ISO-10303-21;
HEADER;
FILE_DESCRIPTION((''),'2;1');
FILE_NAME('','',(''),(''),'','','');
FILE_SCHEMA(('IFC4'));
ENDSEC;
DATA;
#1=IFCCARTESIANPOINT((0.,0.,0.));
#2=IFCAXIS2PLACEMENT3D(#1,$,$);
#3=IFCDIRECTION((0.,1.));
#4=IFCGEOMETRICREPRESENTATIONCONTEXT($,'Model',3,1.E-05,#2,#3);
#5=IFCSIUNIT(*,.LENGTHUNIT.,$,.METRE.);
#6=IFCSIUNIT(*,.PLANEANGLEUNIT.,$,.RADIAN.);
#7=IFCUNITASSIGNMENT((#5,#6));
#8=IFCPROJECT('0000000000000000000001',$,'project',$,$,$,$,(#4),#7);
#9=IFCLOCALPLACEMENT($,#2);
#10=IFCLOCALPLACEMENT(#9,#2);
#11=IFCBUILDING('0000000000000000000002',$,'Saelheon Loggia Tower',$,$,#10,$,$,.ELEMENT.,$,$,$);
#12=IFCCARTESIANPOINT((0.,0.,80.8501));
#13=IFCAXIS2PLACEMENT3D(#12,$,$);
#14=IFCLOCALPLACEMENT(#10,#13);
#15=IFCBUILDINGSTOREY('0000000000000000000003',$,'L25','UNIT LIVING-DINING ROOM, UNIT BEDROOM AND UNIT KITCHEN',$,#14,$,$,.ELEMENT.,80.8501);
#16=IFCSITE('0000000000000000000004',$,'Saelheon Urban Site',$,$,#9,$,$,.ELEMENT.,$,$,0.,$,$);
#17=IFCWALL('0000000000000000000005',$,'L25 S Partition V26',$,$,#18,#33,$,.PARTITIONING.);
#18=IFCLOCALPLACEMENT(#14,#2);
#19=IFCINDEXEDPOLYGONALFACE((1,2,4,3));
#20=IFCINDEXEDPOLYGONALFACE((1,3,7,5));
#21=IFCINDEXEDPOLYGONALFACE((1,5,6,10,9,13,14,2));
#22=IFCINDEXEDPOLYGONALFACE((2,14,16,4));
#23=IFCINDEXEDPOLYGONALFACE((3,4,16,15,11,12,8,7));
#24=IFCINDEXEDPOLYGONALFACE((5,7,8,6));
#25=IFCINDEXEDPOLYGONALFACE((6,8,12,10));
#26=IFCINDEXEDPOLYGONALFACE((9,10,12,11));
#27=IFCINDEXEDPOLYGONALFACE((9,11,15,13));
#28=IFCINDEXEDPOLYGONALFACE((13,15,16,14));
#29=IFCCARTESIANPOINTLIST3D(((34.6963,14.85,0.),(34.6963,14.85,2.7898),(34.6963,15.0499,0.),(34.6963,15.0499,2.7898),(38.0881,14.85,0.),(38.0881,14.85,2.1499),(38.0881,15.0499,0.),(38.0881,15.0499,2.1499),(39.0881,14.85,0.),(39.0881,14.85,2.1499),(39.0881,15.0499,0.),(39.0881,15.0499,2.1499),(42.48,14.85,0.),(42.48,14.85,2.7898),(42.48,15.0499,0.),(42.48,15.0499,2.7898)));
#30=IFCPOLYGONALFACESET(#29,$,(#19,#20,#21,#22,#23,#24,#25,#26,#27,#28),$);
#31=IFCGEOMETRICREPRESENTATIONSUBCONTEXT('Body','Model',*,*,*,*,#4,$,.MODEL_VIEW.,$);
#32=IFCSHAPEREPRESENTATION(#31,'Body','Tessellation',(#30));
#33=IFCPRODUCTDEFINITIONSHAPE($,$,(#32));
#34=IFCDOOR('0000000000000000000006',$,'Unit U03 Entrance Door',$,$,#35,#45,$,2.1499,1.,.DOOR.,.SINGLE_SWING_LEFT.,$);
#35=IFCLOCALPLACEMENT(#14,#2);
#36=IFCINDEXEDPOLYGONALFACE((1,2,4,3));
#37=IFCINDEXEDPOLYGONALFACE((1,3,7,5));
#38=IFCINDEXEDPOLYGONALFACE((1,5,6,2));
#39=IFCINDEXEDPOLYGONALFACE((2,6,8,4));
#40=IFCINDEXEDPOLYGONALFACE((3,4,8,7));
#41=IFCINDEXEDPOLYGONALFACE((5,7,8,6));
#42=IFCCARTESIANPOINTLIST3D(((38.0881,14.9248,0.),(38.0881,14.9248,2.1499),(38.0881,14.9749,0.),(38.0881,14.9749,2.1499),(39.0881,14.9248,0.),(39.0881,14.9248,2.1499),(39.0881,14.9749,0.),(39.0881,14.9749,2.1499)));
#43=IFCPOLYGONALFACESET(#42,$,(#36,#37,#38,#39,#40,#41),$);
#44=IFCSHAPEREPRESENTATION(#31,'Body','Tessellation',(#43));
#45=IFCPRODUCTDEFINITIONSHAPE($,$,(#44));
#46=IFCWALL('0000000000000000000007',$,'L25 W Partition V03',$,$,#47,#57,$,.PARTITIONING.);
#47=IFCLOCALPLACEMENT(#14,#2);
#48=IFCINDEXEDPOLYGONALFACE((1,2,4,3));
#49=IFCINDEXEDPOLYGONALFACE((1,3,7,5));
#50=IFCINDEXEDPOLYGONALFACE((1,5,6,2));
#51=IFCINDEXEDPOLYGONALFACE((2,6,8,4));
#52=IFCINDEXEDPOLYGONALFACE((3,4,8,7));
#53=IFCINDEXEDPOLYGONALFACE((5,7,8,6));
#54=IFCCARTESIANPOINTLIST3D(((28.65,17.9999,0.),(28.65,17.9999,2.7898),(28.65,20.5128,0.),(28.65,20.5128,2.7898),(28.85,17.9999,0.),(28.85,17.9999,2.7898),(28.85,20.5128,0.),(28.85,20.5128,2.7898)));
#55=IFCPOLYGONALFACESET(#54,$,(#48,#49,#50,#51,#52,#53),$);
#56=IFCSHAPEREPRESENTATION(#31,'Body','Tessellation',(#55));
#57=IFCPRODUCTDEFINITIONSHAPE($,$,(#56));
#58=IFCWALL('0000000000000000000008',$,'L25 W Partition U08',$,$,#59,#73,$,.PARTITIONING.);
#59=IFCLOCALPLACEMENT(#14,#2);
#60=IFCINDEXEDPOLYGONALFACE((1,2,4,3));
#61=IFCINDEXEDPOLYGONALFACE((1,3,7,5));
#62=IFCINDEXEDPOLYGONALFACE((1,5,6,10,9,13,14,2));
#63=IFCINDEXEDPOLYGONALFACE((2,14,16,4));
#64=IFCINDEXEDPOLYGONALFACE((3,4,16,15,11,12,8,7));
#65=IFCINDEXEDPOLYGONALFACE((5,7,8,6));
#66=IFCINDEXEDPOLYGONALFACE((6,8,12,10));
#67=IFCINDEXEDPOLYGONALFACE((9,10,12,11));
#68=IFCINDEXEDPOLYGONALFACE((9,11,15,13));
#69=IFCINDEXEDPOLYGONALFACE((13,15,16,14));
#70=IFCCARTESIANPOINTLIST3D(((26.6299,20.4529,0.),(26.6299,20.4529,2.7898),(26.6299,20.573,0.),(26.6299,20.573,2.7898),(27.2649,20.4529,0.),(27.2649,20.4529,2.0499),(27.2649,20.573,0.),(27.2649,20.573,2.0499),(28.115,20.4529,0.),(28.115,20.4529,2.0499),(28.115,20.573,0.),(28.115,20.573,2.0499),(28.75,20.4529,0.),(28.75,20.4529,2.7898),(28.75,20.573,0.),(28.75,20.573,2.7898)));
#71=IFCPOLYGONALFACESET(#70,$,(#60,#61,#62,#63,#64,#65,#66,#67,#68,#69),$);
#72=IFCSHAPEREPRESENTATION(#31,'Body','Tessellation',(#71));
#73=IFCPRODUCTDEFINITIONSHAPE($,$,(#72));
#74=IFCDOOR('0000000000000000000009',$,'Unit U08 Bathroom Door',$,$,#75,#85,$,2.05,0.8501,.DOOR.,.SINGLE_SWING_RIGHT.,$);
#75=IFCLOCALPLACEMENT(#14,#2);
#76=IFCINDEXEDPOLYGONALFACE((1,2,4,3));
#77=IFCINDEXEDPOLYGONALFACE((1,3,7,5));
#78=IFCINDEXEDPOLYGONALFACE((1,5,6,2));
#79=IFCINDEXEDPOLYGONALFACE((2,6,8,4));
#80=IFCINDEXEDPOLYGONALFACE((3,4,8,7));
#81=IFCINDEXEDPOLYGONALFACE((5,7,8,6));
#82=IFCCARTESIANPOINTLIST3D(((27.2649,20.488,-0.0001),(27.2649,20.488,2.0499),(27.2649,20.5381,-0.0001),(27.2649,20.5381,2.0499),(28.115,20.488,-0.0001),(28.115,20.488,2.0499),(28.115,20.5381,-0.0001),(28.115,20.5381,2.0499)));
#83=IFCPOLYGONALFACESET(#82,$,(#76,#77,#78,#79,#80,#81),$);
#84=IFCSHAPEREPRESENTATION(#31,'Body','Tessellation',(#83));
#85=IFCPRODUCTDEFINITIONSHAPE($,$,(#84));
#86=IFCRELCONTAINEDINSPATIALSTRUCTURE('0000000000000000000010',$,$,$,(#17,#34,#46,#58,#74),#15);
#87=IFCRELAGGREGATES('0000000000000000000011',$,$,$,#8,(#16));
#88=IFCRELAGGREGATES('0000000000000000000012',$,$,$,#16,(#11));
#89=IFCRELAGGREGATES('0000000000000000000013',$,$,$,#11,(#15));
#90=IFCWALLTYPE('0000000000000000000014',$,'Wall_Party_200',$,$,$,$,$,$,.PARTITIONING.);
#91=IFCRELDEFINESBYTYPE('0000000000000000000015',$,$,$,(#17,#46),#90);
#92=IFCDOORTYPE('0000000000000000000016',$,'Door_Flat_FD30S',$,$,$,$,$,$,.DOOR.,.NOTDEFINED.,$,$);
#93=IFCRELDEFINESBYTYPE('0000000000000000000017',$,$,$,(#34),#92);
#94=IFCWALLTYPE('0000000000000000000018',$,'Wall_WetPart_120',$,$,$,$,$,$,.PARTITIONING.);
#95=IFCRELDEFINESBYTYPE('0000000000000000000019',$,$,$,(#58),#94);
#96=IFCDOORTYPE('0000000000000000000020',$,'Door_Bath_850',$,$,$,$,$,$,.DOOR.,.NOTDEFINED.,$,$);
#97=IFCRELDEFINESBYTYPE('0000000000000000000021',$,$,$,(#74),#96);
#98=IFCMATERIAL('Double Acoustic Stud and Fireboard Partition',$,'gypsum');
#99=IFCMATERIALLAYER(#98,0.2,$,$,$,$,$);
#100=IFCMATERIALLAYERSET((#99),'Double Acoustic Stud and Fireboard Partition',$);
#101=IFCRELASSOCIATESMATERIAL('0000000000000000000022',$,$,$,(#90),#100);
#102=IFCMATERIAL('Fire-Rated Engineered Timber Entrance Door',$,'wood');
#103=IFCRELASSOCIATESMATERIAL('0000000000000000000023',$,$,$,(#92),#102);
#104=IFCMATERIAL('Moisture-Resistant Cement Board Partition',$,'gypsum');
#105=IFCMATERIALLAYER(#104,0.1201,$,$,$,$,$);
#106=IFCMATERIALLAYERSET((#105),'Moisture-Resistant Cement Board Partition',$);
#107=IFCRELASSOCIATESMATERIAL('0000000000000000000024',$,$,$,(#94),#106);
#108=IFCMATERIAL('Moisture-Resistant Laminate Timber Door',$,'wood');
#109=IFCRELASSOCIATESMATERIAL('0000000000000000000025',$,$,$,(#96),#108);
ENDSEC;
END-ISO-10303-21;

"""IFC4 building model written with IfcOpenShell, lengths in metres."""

from ifc_helpers import new_model, si_unit, direction, frame, frame_2d, origin, place, context, subcontext, project, spatial, rectangle, extrude, source, transform, mapped, material, layer, layer_set, type_object, element, fill, save


model = new_model("IFC4")

# Units and contexts
model_context = context("Model", 3, precision=1e-05, world=origin(), true_north=direction((0.0, 1.0)))
body_context = subcontext(model_context, "Body", "Model", "MODEL_VIEW")
ifc_project = project(units=[si_unit("LENGTHUNIT", "METRE"), si_unit("PLANEANGLEUNIT", "RADIAN")], contexts=[model_context])

# Site, building, storey
site_placement = place(None, origin())
site = spatial("IfcSite", under=ifc_project, at=site_placement, Name="Saelheon Urban Site", CompositionType="ELEMENT", RefElevation=0.0)
building_placement = place(site_placement, origin())
building = spatial("IfcBuilding", under=site, at=building_placement, Name="Saelheon Loggia Tower", CompositionType="ELEMENT")
storey_placement = place(building_placement, frame((0.0, 0.0, 80.8501)))
storey = spatial("IfcBuildingStorey", under=building, at=storey_placement, Name="L25", Description="UNIT LIVING-DINING ROOM, UNIT BEDROOM AND UNIT KITCHEN", CompositionType="ELEMENT", Elevation=80.8501)

# Shared definitions
ifc_material_1 = material(Name="Double Acoustic Stud and Fireboard Partition", Category="gypsum")
ifc_layer_1 = layer(ifc_material_1, 0.2)
ifc_layer_set_1 = layer_set([ifc_layer_1], Name="Double Acoustic Stud and Fireboard Partition")
wall_type_1 = type_object("IfcWallType", Name="Wall_Party_200", PredefinedType="PARTITIONING", material=ifc_layer_set_1)

# Wall, opening, door
wall_1_placement = place(storey_placement, frame((34.6963, 14.95, 0.0), z_axis=(0.0, 0.0, 1.0), x_axis=(1.0, 0.0, 0.0)))
wall_1 = element("IfcWall", 1, at=wall_1_placement, inside=storey, type_object=wall_type_1, Name="L25 S Partition V26", PredefinedType="PARTITIONING", context=body_context, shape_type="SweptSolid", body=[
    extrude(rectangle(XDim=7.7837, YDim=0.2, at=frame_2d((3.8918, 0.0))), origin(), (0.0, 0.0, 1.0), 2.7898),
])
opening_1_placement = place(wall_1_placement, frame((3.3918, 0.0, 0.0)))
opening_1 = element("IfcOpeningElement", 2, at=opening_1_placement, cuts=wall_1, PredefinedType="OPENING", context=body_context, shape_type="SweptSolid", body=[
    extrude(rectangle(XDim=1.0, YDim=2.1499, at=frame_2d((0.5, 1.075))), frame((0.0, 0.1121, 0.0), z_axis=(0.0, -1.0, 0.0), x_axis=(1.0, 0.0, 0.0)), (0.0, 0.0, 1.0), 0.2239),
])
ifc_material_2 = material(Name="Fire-Rated Engineered Timber Entrance Door", Category="wood")
door_type_1 = type_object("IfcDoorType", Name="Door_Flat_FD30S", OperationType="NOTDEFINED", PredefinedType="DOOR", material=ifc_material_2)
shared_shape_1 = source(origin(), body_context, "Body", "SweptSolid", [
    extrude(rectangle(XDim=1.0, YDim=2.1499, at=frame_2d((0.5, 1.075))), frame((0.0, 0.0249, 0.0), z_axis=(0.0, -1.0, 0.0), x_axis=(1.0, 0.0, 0.0)), (0.0, 0.0, 1.0), 0.05),
])
door_1_placement = place(opening_1_placement, origin())
door_1 = element("IfcDoor", 3, at=door_1_placement, inside=storey, type_object=door_type_1, Name="Unit U03 Entrance Door", OperationType="SINGLE_SWING_LEFT", OverallHeight=2.1499, OverallWidth=1.0, PredefinedType="DOOR", context=body_context, shape_type="MappedRepresentation", body=[
    mapped(shared_shape_1, transform((0.0, 0.0, 0.0), scale=1.0)),
])
fill(opening_1, door_1)

# Wall
wall_2_placement = place(storey_placement, frame((28.75, 18.0, 0.0), z_axis=(0.0, 0.0, 1.0), x_axis=(0.0, 1.0, 0.0)))
element("IfcWall", 4, at=wall_2_placement, inside=storey, type_object=wall_type_1, Name="L25 W Partition V03", PredefinedType="PARTITIONING", context=body_context, shape_type="SweptSolid", body=[
    extrude(rectangle(XDim=2.5129, YDim=0.2, at=frame_2d((1.2563, 0.0))), origin(), (0.0, 0.0, 1.0), 2.7898),
])

# Wall, opening, door
ifc_material_3 = material(Name="Moisture-Resistant Cement Board Partition", Category="gypsum")
ifc_layer_2 = layer(ifc_material_3, 0.1201)
ifc_layer_set_2 = layer_set([ifc_layer_2], Name="Moisture-Resistant Cement Board Partition")
wall_type_2 = type_object("IfcWallType", Name="Wall_WetPart_120", PredefinedType="PARTITIONING", material=ifc_layer_set_2)
wall_3_placement = place(storey_placement, frame((28.75, 20.5129, 0.0), z_axis=(0.0, 0.0, 1.0), x_axis=(-1.0, 0.0, 0.0)))
wall_3 = element("IfcWall", 5, at=wall_3_placement, inside=storey, type_object=wall_type_2, Name="L25 W Partition U08", PredefinedType="PARTITIONING", context=body_context, shape_type="SweptSolid", body=[
    extrude(rectangle(XDim=2.1201, YDim=0.1201, at=frame_2d((1.0601, 0.0))), origin(), (0.0, 0.0, 1.0), 2.7898),
])
opening_2_placement = place(wall_3_placement, frame((0.635, 0.0, 0.0)))
opening_2 = element("IfcOpeningElement", 6, at=opening_2_placement, cuts=wall_3, PredefinedType="OPENING", context=body_context, shape_type="SweptSolid", body=[
    extrude(rectangle(XDim=0.8501, YDim=2.05, at=frame_2d((0.425, 1.0249))), frame((0.0, 0.072, 0.0), z_axis=(0.0, -1.0, 0.0), x_axis=(1.0, 0.0, 0.0)), (0.0, 0.0, 1.0), 0.144),
])
ifc_material_4 = material(Name="Moisture-Resistant Laminate Timber Door", Category="wood")
door_type_2 = type_object("IfcDoorType", Name="Door_Bath_850", OperationType="NOTDEFINED", PredefinedType="DOOR", material=ifc_material_4)
shared_shape_2 = source(origin(), body_context, "Body", "SweptSolid", [
    extrude(rectangle(XDim=0.8501, YDim=2.05, at=frame_2d((0.425, 1.0249))), frame((0.0, 0.0249, 0.0), z_axis=(0.0, -1.0, 0.0), x_axis=(1.0, 0.0, 0.0)), (0.0, 0.0, 1.0), 0.05),
])
door_2_placement = place(opening_2_placement, origin())
door_2 = element("IfcDoor", 7, at=door_2_placement, inside=storey, type_object=door_type_2, Name="Unit U08 Bathroom Door", OperationType="SINGLE_SWING_RIGHT", OverallHeight=2.05, OverallWidth=0.8501, PredefinedType="DOOR", context=body_context, shape_type="MappedRepresentation", body=[
    mapped(shared_shape_2, transform((0.0, 0.0, 0.0), scale=1.0)),
])
fill(opening_2, door_2)

save(model, "model.ifc")
